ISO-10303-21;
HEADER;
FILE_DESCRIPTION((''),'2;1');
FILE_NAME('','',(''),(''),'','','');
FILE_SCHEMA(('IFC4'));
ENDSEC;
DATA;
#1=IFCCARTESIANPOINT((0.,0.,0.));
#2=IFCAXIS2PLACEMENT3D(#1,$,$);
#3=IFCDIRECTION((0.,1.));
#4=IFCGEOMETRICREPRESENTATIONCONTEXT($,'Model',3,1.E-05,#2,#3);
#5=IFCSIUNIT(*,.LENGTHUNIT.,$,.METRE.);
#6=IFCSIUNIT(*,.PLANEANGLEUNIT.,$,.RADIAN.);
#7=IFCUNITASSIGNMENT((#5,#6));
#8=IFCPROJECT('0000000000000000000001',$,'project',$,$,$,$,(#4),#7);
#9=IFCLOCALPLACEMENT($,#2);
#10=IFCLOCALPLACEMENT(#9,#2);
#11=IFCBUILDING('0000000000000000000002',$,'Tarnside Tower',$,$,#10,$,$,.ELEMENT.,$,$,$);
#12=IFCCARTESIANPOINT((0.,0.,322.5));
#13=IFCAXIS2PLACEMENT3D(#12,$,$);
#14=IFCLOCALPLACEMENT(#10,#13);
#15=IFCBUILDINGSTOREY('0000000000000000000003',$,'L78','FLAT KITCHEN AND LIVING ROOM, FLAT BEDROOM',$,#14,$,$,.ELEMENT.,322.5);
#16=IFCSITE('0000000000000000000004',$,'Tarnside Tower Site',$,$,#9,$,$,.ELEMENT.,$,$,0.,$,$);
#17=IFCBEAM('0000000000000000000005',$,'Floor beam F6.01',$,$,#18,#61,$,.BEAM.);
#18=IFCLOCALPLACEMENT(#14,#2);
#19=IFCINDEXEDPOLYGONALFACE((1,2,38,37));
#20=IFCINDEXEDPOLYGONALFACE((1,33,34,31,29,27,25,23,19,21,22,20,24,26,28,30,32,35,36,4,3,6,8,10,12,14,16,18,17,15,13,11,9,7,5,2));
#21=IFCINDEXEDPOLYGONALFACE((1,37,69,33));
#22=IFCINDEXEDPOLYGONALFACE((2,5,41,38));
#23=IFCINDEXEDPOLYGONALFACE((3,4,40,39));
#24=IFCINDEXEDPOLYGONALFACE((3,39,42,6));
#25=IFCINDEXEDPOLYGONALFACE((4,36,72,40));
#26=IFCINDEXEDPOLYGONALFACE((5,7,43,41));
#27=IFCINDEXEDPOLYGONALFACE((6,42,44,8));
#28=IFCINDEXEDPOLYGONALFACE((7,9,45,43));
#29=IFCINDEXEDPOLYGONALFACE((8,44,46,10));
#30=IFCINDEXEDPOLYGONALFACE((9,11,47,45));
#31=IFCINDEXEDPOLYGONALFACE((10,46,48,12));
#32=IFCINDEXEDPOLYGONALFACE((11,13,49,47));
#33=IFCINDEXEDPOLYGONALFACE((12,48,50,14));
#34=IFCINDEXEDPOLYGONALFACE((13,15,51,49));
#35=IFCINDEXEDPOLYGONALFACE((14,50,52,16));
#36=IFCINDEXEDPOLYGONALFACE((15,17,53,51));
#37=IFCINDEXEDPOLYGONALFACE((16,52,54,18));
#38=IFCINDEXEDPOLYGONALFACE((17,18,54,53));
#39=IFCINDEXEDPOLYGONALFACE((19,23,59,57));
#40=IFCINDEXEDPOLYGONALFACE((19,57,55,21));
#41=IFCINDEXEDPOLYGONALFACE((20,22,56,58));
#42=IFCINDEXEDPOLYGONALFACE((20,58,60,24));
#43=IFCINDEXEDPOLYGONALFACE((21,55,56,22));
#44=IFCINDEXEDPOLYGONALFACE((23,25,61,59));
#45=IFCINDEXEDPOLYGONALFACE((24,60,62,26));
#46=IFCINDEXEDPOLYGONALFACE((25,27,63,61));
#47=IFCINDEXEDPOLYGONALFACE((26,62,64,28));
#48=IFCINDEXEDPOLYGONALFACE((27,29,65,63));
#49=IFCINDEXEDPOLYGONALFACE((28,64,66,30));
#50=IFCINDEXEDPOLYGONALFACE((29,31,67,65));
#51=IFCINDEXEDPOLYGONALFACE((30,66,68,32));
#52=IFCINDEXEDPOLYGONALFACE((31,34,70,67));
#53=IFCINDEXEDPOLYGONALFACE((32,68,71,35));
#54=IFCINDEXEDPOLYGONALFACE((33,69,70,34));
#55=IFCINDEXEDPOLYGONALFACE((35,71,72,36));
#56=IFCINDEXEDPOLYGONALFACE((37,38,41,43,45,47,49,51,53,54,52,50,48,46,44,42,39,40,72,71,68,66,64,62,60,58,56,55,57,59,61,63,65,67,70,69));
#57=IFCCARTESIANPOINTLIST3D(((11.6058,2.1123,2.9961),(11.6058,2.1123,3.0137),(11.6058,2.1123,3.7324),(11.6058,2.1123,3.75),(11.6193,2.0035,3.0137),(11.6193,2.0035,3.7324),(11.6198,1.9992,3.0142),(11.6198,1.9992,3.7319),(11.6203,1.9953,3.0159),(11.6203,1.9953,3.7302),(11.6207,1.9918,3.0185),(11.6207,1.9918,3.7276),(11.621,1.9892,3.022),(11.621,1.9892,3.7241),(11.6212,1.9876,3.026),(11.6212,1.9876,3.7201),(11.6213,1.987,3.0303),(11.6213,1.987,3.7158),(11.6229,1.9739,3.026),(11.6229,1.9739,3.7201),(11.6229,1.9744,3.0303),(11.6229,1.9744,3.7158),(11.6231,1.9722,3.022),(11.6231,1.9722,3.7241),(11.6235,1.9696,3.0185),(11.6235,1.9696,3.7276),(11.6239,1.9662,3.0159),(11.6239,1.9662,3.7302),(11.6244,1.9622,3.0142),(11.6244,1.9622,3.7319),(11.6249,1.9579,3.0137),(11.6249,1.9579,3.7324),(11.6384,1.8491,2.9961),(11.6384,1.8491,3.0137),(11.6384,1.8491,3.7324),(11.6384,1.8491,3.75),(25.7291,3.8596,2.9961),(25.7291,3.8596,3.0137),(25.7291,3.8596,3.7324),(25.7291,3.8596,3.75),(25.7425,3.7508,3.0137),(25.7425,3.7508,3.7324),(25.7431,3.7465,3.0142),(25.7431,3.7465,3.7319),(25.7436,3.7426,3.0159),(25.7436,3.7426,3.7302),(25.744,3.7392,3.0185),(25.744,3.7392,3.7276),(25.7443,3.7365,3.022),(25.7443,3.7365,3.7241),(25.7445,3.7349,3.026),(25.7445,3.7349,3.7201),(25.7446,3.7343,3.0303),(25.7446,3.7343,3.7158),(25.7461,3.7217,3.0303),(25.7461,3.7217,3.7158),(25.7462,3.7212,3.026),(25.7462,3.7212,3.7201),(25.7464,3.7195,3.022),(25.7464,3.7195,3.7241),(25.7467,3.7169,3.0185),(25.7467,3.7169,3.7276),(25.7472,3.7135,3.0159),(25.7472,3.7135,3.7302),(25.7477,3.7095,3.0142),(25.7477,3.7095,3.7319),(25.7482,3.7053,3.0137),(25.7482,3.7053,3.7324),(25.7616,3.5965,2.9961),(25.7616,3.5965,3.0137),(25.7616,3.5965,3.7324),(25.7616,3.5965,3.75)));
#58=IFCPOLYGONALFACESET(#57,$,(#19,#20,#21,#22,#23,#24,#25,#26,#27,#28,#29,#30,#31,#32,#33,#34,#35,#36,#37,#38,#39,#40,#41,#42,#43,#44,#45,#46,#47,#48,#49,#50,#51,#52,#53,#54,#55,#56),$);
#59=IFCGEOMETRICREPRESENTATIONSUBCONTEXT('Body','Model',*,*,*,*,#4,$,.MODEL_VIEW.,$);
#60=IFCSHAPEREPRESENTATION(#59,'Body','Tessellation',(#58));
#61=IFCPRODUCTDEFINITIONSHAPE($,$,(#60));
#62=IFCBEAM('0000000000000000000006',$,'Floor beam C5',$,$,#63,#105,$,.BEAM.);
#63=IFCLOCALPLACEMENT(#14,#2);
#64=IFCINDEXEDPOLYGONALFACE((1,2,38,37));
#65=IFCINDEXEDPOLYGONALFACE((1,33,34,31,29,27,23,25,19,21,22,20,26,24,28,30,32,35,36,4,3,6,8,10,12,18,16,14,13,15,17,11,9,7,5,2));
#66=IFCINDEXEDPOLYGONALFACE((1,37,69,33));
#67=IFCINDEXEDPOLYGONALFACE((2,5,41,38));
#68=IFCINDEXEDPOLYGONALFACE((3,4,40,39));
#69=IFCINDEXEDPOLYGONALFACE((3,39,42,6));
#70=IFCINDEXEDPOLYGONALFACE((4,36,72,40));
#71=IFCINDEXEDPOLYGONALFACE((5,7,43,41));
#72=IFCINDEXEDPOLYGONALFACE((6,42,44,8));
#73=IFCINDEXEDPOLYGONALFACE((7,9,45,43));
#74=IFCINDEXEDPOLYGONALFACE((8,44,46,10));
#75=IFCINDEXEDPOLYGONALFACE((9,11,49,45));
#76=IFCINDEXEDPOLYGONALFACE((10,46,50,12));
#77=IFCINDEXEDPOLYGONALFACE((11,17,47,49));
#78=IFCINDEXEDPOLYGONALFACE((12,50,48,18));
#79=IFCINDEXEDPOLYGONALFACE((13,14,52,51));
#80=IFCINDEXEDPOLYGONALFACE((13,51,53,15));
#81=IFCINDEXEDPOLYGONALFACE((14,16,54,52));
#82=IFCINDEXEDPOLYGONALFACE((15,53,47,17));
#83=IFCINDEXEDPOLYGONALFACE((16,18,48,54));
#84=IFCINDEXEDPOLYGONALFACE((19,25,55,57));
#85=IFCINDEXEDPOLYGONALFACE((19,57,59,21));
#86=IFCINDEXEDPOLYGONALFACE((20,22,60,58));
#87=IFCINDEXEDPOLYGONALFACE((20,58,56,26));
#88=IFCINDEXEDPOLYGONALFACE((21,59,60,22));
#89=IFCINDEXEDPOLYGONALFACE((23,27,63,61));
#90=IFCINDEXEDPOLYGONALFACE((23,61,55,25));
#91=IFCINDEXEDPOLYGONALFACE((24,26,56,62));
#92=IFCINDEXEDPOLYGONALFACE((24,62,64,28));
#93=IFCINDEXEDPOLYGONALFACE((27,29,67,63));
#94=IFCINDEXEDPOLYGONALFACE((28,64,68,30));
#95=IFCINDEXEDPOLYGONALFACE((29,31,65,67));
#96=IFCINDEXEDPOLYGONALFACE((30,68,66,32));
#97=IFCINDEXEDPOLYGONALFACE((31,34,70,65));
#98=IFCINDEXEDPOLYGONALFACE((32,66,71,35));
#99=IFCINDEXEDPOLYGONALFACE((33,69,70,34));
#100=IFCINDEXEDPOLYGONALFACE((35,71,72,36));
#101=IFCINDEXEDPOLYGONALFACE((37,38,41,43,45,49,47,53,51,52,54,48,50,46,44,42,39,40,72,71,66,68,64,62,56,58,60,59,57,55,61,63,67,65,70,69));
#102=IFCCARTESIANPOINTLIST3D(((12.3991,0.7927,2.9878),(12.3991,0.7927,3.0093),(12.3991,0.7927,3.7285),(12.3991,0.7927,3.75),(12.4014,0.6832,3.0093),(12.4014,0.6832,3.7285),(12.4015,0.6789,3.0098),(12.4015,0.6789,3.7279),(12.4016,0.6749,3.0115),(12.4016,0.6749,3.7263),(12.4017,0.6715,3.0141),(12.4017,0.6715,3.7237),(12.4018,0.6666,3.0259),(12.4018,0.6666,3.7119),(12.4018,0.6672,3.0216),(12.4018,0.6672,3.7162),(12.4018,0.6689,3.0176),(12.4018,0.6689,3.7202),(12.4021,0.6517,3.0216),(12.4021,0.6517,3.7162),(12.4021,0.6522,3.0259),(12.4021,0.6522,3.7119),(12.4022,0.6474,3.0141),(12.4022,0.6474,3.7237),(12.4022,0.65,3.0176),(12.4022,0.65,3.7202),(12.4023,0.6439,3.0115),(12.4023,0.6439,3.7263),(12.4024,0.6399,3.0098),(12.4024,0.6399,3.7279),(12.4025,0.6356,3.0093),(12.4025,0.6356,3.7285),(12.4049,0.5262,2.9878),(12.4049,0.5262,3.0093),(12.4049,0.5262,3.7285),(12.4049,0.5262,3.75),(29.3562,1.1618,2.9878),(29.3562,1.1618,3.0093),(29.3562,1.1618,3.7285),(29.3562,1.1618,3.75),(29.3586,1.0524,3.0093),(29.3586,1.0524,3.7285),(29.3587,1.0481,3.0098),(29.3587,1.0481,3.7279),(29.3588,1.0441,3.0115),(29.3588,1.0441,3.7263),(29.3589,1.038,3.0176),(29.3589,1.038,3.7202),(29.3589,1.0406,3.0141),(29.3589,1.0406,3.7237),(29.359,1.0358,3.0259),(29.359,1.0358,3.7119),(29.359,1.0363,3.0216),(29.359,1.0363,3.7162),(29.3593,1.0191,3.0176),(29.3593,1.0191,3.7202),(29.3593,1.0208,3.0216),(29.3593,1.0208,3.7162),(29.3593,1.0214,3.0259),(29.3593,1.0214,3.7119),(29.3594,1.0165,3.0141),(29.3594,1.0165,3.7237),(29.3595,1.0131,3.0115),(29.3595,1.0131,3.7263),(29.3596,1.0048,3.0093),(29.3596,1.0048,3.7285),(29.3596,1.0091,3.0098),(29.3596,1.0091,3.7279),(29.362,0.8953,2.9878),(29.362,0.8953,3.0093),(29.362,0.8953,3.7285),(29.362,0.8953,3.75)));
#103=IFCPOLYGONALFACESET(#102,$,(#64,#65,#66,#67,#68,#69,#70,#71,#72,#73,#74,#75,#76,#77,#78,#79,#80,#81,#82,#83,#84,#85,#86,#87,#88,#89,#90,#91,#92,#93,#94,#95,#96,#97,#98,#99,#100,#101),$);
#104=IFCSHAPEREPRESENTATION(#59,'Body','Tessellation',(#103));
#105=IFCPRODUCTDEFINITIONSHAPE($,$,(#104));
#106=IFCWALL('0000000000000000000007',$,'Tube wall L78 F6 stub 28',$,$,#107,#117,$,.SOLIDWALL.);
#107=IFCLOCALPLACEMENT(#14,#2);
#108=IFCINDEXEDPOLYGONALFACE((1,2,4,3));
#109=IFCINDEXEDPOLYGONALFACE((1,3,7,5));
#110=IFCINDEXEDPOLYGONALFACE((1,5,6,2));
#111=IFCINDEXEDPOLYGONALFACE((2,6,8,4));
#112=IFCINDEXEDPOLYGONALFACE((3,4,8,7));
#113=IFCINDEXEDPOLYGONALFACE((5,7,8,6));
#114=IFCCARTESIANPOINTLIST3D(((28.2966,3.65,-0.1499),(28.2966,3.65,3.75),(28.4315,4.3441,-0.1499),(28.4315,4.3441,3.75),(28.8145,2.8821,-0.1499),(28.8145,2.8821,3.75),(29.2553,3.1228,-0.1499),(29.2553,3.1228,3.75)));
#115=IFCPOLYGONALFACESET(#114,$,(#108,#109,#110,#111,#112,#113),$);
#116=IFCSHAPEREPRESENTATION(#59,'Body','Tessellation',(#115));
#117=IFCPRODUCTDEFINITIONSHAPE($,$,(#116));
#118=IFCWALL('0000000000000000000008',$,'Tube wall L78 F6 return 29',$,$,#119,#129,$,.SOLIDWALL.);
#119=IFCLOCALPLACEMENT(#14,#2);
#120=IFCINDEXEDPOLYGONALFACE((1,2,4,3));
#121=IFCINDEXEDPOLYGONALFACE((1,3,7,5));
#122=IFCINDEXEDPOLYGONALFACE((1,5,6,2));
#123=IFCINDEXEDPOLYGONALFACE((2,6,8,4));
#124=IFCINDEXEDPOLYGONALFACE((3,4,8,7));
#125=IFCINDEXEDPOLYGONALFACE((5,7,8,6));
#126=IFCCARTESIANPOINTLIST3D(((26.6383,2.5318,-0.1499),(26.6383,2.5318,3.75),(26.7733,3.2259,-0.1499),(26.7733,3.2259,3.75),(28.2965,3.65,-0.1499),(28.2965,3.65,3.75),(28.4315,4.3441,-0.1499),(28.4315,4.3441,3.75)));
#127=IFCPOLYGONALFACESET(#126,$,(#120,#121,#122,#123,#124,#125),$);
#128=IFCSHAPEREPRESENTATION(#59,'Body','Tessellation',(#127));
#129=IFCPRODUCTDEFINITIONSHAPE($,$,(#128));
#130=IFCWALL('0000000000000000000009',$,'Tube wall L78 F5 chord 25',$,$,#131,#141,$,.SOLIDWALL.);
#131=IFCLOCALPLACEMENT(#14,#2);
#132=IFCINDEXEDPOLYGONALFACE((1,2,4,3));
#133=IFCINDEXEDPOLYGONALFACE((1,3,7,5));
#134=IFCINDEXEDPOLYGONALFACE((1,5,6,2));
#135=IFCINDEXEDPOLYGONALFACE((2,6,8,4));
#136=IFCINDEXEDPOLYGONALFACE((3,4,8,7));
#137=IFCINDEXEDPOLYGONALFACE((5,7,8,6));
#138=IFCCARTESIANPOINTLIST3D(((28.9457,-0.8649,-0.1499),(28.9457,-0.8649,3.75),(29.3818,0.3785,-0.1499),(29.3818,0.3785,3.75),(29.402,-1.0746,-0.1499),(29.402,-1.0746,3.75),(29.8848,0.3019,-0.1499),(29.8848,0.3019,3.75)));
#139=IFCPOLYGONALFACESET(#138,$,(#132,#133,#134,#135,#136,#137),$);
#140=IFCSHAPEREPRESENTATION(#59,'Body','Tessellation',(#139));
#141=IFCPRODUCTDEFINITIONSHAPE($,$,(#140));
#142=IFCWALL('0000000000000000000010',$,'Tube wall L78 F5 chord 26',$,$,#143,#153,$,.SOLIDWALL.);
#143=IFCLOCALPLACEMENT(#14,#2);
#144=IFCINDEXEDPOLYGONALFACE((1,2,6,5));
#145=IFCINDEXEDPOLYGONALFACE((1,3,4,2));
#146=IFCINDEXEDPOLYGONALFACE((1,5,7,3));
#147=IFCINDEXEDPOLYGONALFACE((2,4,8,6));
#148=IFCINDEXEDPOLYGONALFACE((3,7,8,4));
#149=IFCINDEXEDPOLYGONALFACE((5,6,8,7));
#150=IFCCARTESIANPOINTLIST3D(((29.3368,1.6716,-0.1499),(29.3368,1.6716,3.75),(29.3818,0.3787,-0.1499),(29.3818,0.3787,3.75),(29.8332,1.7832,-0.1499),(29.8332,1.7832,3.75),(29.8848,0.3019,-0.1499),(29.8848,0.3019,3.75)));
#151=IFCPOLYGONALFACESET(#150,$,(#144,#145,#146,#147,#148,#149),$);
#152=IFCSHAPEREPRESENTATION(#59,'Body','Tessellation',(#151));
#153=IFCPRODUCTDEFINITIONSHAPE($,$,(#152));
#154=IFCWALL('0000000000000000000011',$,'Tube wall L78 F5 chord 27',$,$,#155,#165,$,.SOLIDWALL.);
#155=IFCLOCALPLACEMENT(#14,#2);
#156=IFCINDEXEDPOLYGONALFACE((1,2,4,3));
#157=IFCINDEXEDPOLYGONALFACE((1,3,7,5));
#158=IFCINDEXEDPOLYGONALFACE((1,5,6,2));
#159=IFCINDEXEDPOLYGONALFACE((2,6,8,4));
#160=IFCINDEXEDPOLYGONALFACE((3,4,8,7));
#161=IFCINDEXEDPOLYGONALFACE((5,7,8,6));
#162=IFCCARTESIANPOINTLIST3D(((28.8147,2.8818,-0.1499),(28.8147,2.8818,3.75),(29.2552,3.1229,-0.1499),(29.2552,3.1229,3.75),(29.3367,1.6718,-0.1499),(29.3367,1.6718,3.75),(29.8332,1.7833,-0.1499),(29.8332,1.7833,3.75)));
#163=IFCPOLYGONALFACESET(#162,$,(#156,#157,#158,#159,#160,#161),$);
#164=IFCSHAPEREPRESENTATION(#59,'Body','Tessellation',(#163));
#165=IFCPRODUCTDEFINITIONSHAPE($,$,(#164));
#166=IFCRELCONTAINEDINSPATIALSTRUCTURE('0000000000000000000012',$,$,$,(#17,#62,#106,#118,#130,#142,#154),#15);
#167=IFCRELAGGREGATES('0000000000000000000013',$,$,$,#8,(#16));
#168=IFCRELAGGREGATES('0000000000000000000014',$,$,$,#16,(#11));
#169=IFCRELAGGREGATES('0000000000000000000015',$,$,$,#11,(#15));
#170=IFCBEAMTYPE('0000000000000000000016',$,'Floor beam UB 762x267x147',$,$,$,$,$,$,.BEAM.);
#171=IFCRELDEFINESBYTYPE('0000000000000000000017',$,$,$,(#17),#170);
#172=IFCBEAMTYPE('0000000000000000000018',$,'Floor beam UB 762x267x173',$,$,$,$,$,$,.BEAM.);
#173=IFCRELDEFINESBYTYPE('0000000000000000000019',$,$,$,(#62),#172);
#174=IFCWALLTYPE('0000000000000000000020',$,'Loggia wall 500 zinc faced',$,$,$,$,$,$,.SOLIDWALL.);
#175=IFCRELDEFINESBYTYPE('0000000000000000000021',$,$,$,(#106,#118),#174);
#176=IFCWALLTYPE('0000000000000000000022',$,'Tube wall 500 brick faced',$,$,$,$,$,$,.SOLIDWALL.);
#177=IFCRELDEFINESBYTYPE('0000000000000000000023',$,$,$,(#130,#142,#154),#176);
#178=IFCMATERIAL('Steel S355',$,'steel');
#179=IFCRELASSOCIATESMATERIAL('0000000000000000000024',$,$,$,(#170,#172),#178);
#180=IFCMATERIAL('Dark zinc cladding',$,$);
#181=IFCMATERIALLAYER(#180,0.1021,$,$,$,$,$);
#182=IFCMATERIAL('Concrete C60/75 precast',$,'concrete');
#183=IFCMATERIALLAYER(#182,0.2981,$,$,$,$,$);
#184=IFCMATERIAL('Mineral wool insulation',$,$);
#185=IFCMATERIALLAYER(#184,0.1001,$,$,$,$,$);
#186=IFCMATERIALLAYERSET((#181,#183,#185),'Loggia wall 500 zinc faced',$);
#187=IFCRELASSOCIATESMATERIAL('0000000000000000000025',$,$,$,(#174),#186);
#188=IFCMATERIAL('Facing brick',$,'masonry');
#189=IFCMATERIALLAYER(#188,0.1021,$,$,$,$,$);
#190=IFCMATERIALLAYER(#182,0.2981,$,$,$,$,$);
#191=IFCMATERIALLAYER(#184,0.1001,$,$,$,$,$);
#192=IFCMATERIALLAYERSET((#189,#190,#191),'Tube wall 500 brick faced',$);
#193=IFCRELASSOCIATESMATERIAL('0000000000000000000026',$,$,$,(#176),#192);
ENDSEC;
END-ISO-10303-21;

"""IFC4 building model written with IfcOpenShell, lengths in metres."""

from ifc_helpers import new_model, si_unit, direction, frame, origin, origin_2d, place, context, subcontext, project, spatial, polyline, i_section, outline, extrude, material, layer, layer_set, material_profile, profile_set, type_object, element, save


model = new_model("IFC4")

# Units and contexts
model_context = context("Model", 3, precision=1e-05, world=origin(), true_north=direction((0.0, 1.0)))
body_context = subcontext(model_context, "Body", "Model", "MODEL_VIEW")
ifc_project = project(units=[si_unit("LENGTHUNIT", "METRE"), si_unit("PLANEANGLEUNIT", "RADIAN")], contexts=[model_context])

# Site, building, storey
site_placement = place(None, origin())
site = spatial("IfcSite", under=ifc_project, at=site_placement, Name="Tarnside Tower Site", CompositionType="ELEMENT", RefElevation=0.0)
building_placement = place(site_placement, origin())
building = spatial("IfcBuilding", under=site, at=building_placement, Name="Tarnside Tower", CompositionType="ELEMENT")
storey_placement = place(building_placement, frame((0.0, 0.0, 322.5)))
storey = spatial("IfcBuildingStorey", under=building, at=storey_placement, Name="L78", Description="FLAT KITCHEN AND LIVING ROOM, FLAT BEDROOM", CompositionType="ELEMENT", Elevation=322.5)

# Beams
ifc_material_1 = material(Name="Steel S355", Category="steel")
ifc_material_profile_1 = material_profile(ifc_material_1, i_section(OverallWidth=0.2651, OverallDepth=0.7539, WebThickness=0.0127, FlangeThickness=0.0176, FilletRadius=0.0166, at=origin_2d()), Name="UB 762x267x147")
ifc_profile_set_1 = profile_set([ifc_material_profile_1], Name="Steel S355")
beam_type_1 = type_object("IfcBeamType", Name="Floor beam UB 762x267x147", PredefinedType="BEAM", material=ifc_profile_set_1)
beam_1_placement = place(storey_placement, frame((25.7454, 3.728, 3.373), z_axis=(-0.992434, -0.122783, 0.0), x_axis=(0.122783, -0.992434, 0.0)))
element("IfcBeam", 1, at=beam_1_placement, inside=storey, type_object=beam_type_1, Name="Floor beam F6.01", PredefinedType="BEAM", context=body_context, shape_type="SweptSolid", body=[
    extrude(i_section(OverallWidth=0.2651, OverallDepth=0.7539, WebThickness=0.0127, FlangeThickness=0.0176, FilletRadius=0.0166, at=origin_2d()), origin(), (0.0, 0.0, 1.0), 14.231),
])
ifc_material_profile_2 = material_profile(ifc_material_1, i_section(OverallWidth=0.2666, OverallDepth=0.7622, WebThickness=0.0144, FlangeThickness=0.0215, FilletRadius=0.0166, at=origin_2d()), Name="UB 762x267x173")
ifc_profile_set_2 = profile_set([ifc_material_profile_2], Name="Steel S355")
beam_type_2 = type_object("IfcBeamType", Name="Floor beam UB 762x267x173", PredefinedType="BEAM", material=ifc_profile_set_2)
beam_2_placement = place(storey_placement, frame((29.3591, 1.0286, 3.3689), z_axis=(-0.999763, -0.021764, 0.0), x_axis=(0.021764, -0.999763, 0.0)))
element("IfcBeam", 2, at=beam_2_placement, inside=storey, type_object=beam_type_2, Name="Floor beam C5", PredefinedType="BEAM", context=body_context, shape_type="SweptSolid", body=[
    extrude(i_section(OverallWidth=0.2666, OverallDepth=0.7622, WebThickness=0.0144, FlangeThickness=0.0215, FilletRadius=0.0166, at=origin_2d()), origin(), (0.0, 0.0, 1.0), 16.9612),
])

# Walls
ifc_material_2 = material(Name="Dark zinc cladding")
ifc_layer_1 = layer(ifc_material_2, 0.1021)
ifc_material_3 = material(Name="Concrete C60/75 precast", Category="concrete")
ifc_layer_2 = layer(ifc_material_3, 0.2981)
ifc_material_4 = material(Name="Mineral wool insulation")
ifc_layer_3 = layer(ifc_material_4, 0.1001)
ifc_layer_set_1 = layer_set([ifc_layer_1, ifc_layer_2, ifc_layer_3], Name="Loggia wall 500 zinc faced")
wall_type_1 = type_object("IfcWallType", Name="Loggia wall 500 zinc faced", PredefinedType="SOLIDWALL", material=ifc_layer_set_1)
wall_1_placement = place(storey_placement, frame((29.0349, 3.0024, -0.1499), z_axis=(0.0, 0.0, 1.0), x_axis=(-0.5592, 0.829033, 0.0)))
element("IfcWall", 3, at=wall_1_placement, inside=storey, type_object=wall_type_1, Name="Tube wall L78 F6 stub 28", PredefinedType="SOLIDWALL", context=body_context, shape_type="SweptSolid", body=[
    extrude(outline(polyline([(-0.0234, -0.25), (1.4497, -0.25), (0.9497, 0.25), (0.0234, 0.25), (-0.0234, -0.25)])), origin(), (0.0, 0.0, 1.0), 3.8999),
])
wall_2_placement = place(storey_placement, frame((28.364, 3.9971, -0.1499), z_axis=(0.0, 0.0, 1.0), x_axis=(-0.829109, -0.559087, 0.0)))
element("IfcWall", 4, at=wall_2_placement, inside=storey, type_object=wall_type_1, Name="Tube wall L78 F6 return 29", PredefinedType="SOLIDWALL", context=body_context, shape_type="SweptSolid", body=[
    extrude(outline(polyline([(-0.25, -0.25), (1.75, -0.25), (2.25, 0.25), (0.25, 0.25), (-0.25, -0.25)])), origin(), (0.0, 0.0, 1.0), 3.8999),
])

# Walls
ifc_material_5 = material(Name="Facing brick", Category="masonry")
ifc_layer_4 = layer(ifc_material_5, 0.1021)
ifc_layer_5 = layer(ifc_material_3, 0.2981)
ifc_layer_6 = layer(ifc_material_4, 0.1001)
ifc_layer_set_2 = layer_set([ifc_layer_4, ifc_layer_5, ifc_layer_6], Name="Tube wall 500 brick faced")
wall_type_2 = type_object("IfcWallType", Name="Tube wall 500 brick faced", PredefinedType="SOLIDWALL", material=ifc_layer_set_2)
wall_3_placement = place(storey_placement, frame((29.1738, -0.9697, -0.1499), z_axis=(0.0, 0.0, 1.0), x_axis=(0.330961, 0.943644, 0.0)))
element("IfcWall", 5, at=wall_3_placement, inside=storey, type_object=wall_type_2, Name="Tube wall L78 F5 chord 25", PredefinedType="SOLIDWALL", context=body_context, shape_type="SweptSolid", body=[
    extrude(outline(polyline([(-0.0234, -0.25), (1.4353, -0.25), (1.3411, 0.25), (0.0234, 0.25), (-0.0234, -0.25)])), origin(), (0.0, 0.0, 1.0), 3.8999),
])
wall_4_placement = place(storey_placement, frame((29.6333, 0.3403, -0.1499), z_axis=(0.0, 0.0, 1.0), x_axis=(-0.034826, 0.999393, 0.0)))
element("IfcWall", 6, at=wall_4_placement, inside=storey, type_object=wall_type_2, Name="Tube wall L78 F5 chord 26", PredefinedType="SOLIDWALL", context=body_context, shape_type="SweptSolid", body=[
    extrude(outline(polyline([(-0.0471, -0.25), (1.4351, -0.25), (1.3408, 0.25), (0.0471, 0.25), (-0.0471, -0.25)])), origin(), (0.0, 0.0, 1.0), 3.8999),
])
wall_5_placement = place(storey_placement, frame((29.585, 1.7275, -0.1499), z_axis=(0.0, 0.0, 1.0), x_axis=(-0.396146, 0.918187, 0.0)))
element("IfcWall", 7, at=wall_5_placement, inside=storey, type_object=wall_type_2, Name="Tube wall L78 F5 chord 27", PredefinedType="SOLIDWALL", context=body_context, shape_type="SweptSolid", body=[
    extrude(outline(polyline([(-0.0471, -0.25), (1.4119, -0.25), (1.365, 0.25), (0.0471, 0.25), (-0.0471, -0.25)])), origin(), (0.0, 0.0, 1.0), 3.8999),
])

save(model, "model.ifc")
